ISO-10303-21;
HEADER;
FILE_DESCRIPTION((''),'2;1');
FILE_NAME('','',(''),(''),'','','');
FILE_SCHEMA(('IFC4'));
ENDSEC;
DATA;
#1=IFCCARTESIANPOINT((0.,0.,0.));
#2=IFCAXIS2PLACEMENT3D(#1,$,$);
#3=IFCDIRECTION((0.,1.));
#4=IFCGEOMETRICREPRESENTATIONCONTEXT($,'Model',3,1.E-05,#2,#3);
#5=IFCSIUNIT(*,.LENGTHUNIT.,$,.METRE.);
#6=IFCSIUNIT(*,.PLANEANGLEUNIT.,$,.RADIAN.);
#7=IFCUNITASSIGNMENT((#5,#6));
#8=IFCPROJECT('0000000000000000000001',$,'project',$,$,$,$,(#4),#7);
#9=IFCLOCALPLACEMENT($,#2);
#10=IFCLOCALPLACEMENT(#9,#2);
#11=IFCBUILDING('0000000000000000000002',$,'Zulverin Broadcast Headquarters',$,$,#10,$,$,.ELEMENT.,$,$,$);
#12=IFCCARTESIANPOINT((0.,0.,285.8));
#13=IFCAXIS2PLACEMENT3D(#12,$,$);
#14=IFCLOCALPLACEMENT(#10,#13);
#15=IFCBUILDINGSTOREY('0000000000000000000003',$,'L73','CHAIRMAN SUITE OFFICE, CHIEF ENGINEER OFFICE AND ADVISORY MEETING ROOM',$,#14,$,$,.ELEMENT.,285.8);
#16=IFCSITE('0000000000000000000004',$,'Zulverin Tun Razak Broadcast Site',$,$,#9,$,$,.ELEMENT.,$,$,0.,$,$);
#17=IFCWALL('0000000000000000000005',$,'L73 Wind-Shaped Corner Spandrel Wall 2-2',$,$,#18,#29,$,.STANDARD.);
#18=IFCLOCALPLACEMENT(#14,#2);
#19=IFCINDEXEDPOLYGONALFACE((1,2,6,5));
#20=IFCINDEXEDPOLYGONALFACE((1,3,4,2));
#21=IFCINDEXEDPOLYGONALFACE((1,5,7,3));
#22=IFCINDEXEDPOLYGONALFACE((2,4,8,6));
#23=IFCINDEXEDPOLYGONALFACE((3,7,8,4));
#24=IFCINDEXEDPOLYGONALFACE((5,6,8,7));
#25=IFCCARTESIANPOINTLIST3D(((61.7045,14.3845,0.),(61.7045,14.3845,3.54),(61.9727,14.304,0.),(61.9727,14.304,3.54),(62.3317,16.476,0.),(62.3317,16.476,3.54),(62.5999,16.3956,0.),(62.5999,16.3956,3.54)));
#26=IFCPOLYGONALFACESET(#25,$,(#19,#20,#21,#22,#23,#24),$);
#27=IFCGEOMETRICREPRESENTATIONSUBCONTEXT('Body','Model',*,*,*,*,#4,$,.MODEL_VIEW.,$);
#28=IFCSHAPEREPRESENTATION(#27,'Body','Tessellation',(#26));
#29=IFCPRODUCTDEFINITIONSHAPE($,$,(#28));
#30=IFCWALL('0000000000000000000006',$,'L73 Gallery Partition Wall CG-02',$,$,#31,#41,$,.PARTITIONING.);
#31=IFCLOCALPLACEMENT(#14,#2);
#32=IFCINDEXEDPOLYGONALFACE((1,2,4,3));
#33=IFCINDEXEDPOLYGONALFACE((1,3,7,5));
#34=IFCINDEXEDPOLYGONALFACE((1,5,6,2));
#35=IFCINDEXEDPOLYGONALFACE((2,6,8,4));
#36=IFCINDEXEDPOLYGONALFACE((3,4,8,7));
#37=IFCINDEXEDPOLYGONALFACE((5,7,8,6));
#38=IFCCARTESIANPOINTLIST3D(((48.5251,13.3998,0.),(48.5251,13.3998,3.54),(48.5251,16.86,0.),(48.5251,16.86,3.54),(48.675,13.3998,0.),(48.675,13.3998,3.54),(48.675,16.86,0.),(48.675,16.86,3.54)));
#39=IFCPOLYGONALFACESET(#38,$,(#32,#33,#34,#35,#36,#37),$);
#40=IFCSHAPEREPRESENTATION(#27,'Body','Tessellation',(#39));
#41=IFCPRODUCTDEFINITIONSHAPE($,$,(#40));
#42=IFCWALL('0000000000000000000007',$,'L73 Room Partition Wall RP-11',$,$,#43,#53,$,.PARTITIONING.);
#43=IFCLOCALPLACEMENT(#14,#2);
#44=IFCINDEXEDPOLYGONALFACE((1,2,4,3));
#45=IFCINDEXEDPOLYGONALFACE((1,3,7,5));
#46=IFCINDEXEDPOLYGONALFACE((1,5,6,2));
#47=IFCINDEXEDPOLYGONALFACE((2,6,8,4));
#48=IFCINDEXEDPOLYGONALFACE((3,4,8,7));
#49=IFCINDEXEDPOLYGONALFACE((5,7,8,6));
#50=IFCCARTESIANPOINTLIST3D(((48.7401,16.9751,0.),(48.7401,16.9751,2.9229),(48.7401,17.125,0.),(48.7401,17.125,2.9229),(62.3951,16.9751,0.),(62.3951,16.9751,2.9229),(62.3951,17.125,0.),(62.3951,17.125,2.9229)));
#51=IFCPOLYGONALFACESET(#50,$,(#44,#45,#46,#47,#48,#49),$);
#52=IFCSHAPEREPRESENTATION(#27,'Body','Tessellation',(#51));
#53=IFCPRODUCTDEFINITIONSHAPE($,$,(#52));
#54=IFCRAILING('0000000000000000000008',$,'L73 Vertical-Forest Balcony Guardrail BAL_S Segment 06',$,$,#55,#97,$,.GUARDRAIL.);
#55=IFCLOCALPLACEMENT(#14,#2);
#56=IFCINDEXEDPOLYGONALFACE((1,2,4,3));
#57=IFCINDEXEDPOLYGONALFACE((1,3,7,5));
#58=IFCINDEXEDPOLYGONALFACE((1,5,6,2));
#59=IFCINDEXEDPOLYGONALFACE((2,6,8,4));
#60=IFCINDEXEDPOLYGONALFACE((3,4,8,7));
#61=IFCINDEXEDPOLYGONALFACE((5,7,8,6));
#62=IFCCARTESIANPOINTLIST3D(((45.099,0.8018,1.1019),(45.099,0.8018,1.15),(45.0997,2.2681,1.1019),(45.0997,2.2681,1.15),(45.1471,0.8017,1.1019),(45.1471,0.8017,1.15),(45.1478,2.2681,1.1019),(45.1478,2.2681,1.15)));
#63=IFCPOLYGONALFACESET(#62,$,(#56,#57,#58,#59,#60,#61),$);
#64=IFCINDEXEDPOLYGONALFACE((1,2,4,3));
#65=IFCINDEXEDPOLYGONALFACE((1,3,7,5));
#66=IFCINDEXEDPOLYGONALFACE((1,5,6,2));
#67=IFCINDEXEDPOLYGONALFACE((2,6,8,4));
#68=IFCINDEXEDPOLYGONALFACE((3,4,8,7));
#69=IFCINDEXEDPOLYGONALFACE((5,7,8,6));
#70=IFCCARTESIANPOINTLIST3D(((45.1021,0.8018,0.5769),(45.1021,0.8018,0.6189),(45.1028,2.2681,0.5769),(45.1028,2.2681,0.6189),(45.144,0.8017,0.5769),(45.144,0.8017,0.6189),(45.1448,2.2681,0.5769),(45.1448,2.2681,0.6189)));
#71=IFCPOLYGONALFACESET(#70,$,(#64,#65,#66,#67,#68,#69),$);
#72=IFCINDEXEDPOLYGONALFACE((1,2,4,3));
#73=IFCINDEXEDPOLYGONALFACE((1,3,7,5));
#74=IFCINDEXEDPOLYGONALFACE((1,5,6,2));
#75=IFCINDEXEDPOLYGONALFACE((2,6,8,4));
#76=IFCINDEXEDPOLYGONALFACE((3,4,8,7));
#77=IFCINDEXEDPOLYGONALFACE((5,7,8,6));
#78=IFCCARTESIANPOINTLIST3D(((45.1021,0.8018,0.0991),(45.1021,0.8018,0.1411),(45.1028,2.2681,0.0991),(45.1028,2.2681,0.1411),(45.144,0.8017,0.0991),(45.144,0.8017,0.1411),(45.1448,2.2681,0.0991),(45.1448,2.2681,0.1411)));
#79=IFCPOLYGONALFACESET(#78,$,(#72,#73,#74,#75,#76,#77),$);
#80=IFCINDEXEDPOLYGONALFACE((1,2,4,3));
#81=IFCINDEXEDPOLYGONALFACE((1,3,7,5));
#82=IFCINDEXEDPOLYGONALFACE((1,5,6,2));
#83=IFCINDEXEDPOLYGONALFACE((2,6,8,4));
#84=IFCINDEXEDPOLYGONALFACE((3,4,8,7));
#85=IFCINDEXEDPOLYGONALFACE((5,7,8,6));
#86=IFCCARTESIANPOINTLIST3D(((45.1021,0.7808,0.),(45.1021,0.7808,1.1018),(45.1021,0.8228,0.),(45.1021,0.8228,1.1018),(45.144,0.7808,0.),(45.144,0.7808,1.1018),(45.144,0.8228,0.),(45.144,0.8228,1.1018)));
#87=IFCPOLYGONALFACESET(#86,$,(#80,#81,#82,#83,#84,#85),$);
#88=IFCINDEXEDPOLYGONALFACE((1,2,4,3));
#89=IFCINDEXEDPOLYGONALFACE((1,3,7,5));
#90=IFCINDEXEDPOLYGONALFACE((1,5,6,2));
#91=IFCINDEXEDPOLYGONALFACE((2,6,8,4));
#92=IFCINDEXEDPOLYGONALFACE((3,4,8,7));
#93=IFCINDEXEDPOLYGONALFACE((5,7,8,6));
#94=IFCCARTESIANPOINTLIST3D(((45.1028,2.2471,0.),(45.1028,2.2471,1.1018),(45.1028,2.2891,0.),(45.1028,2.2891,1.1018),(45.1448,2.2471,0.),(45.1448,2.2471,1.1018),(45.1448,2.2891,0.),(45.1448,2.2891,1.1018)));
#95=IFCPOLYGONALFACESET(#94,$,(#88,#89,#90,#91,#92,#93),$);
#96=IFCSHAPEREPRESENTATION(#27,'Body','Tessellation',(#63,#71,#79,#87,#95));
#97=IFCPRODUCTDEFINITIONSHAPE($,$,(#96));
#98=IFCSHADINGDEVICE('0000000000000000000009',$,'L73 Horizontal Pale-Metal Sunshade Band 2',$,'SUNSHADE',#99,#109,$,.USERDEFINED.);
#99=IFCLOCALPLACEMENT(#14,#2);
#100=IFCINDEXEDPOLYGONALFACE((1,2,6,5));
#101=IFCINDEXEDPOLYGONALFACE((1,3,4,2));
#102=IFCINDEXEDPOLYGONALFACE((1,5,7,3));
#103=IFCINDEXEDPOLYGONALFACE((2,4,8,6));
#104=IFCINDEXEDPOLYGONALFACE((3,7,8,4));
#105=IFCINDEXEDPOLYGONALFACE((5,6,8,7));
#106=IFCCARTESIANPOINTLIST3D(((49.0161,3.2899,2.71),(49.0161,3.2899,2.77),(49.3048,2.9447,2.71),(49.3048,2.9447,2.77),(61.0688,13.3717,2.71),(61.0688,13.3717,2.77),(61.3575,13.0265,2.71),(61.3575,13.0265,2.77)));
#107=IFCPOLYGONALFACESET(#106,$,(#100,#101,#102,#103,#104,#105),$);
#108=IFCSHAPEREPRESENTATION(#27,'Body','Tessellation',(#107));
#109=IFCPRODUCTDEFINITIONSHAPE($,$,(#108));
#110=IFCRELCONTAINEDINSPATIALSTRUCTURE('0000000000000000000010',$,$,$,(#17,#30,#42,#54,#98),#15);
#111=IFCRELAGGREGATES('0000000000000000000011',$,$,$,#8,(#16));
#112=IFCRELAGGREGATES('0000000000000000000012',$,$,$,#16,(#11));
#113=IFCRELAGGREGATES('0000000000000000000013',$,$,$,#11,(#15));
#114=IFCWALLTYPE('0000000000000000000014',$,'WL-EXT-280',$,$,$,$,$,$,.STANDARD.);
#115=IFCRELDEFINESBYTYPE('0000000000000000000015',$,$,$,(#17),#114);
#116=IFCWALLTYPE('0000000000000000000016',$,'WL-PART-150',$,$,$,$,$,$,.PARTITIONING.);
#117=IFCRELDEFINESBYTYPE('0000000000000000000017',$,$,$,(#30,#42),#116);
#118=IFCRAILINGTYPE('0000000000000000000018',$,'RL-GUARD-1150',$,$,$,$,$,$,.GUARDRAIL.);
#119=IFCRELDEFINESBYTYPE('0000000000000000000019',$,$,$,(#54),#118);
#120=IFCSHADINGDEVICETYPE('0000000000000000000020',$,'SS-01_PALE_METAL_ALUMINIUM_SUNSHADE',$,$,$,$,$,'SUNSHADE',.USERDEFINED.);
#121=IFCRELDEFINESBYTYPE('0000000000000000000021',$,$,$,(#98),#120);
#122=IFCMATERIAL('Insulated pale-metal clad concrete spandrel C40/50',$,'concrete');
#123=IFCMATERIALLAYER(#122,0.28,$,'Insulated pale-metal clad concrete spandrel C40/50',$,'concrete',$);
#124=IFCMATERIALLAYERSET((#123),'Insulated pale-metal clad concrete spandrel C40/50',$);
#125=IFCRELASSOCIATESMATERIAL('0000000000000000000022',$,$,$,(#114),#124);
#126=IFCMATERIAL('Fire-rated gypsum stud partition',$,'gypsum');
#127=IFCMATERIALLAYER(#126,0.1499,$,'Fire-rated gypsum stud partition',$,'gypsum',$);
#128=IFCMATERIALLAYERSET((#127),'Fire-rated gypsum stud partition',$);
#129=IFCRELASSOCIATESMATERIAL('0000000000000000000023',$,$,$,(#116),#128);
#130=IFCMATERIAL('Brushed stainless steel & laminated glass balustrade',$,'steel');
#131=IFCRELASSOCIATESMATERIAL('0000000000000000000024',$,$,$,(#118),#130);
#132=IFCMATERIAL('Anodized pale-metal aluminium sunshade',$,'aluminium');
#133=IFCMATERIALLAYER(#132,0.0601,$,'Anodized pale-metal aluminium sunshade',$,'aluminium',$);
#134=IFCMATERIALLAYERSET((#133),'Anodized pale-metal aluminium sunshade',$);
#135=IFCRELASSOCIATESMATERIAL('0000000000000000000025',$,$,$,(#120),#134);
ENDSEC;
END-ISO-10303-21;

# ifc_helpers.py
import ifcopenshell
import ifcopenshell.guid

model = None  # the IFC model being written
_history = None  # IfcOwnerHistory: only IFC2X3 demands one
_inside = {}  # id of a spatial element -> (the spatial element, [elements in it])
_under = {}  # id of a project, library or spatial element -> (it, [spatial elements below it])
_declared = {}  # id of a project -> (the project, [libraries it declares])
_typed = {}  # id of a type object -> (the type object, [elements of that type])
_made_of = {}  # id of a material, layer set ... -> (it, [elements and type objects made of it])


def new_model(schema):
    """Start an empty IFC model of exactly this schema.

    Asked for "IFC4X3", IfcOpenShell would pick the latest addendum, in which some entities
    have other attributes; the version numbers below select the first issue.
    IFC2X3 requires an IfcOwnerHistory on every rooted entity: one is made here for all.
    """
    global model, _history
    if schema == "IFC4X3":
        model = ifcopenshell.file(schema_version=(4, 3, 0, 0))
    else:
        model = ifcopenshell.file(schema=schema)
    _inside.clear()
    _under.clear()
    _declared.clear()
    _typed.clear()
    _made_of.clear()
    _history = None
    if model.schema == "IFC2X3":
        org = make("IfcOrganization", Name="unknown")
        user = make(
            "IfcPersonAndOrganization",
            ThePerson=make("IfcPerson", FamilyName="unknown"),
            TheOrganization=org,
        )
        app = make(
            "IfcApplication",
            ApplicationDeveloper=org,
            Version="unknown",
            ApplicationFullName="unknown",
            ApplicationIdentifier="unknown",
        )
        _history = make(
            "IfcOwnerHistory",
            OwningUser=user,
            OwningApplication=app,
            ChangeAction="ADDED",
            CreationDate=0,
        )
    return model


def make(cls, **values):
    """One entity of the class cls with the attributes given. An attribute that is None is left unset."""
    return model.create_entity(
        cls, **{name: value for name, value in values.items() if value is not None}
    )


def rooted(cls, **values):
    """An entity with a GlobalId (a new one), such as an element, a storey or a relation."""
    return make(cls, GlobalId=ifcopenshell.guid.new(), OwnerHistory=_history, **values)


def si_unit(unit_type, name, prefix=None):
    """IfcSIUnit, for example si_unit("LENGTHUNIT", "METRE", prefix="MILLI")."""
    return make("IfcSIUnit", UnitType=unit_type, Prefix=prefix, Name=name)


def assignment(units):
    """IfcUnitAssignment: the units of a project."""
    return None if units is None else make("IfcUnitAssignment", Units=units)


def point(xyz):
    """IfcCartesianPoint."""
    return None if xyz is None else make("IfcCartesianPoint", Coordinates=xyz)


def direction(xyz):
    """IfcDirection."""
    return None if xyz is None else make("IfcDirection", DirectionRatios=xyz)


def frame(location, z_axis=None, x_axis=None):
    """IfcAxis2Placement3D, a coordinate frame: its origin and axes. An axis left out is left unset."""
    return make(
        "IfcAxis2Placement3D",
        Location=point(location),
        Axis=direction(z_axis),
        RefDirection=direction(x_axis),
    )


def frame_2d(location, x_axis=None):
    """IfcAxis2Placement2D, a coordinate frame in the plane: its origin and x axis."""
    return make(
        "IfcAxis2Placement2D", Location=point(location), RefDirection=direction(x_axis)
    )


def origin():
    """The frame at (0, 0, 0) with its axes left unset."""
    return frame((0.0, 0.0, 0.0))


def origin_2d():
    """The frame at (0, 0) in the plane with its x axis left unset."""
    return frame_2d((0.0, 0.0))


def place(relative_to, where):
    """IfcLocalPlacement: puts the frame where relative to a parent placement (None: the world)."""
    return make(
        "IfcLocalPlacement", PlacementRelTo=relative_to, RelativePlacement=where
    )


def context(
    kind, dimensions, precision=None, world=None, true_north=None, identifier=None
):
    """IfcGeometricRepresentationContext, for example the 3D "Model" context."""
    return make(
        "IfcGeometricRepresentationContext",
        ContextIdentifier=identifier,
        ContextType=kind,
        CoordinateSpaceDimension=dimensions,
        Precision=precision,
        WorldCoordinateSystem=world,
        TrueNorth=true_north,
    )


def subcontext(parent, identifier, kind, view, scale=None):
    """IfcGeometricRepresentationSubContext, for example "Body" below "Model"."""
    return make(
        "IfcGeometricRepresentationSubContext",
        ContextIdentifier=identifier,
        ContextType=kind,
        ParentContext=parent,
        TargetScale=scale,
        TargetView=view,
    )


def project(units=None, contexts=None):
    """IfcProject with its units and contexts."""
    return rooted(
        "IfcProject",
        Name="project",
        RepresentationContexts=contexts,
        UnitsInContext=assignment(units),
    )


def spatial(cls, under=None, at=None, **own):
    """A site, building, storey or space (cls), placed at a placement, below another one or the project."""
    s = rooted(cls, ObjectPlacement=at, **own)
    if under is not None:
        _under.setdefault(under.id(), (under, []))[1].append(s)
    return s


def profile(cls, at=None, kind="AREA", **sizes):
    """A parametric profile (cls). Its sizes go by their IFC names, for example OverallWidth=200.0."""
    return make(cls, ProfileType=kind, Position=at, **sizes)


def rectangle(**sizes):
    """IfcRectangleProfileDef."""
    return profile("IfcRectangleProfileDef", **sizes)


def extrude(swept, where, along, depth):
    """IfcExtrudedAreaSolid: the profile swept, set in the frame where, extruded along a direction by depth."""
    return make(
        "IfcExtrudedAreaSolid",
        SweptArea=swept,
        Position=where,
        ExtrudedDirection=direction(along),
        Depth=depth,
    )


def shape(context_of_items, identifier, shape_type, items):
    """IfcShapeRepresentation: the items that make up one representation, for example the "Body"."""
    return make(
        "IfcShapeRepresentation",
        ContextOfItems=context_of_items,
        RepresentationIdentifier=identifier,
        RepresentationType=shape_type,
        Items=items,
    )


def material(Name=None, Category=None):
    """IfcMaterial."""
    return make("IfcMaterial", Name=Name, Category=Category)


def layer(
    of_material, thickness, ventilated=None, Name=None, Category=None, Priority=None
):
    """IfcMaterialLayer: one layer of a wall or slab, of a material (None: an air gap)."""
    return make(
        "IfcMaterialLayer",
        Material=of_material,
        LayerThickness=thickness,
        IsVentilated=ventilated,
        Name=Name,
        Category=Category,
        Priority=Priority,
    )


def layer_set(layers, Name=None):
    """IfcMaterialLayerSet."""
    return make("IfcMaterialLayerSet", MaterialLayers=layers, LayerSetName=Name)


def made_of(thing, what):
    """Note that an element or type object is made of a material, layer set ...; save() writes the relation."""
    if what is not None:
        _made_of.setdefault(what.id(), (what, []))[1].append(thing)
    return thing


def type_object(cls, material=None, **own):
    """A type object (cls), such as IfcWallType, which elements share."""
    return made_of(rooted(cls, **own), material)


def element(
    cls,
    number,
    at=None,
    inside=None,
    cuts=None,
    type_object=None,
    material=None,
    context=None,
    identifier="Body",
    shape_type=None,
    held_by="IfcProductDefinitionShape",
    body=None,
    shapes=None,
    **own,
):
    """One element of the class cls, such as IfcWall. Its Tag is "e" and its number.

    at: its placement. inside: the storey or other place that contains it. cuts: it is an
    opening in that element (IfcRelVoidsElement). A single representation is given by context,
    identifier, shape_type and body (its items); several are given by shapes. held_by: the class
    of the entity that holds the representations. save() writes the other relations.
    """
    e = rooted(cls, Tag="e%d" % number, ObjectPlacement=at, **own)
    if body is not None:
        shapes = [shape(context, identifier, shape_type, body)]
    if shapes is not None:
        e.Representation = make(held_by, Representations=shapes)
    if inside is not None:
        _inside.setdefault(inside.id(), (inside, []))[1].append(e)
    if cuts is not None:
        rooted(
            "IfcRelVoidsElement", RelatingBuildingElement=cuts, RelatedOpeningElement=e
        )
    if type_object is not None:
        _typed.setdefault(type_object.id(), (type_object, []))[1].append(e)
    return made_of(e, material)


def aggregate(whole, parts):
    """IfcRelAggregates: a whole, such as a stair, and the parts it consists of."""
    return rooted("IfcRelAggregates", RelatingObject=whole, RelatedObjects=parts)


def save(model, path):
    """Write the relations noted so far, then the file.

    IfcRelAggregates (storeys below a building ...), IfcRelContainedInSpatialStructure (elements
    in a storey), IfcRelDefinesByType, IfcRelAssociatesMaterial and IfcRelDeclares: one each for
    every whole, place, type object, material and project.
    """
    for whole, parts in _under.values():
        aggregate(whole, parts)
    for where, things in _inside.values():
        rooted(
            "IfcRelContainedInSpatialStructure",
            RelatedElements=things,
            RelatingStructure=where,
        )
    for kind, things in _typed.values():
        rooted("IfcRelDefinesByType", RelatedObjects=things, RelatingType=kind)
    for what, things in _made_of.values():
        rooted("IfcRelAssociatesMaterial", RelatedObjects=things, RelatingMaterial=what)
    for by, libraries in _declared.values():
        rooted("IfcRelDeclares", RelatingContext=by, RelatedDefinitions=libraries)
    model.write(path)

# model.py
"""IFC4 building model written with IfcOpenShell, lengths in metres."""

from ifc_helpers import new_model, si_unit, direction, frame, frame_2d, origin, origin_2d, place, context, subcontext, project, spatial, rectangle, extrude, material, layer, layer_set, type_object, element, save


model = new_model("IFC4")

# Units and contexts
model_context = context("Model", 3, precision=1e-05, world=origin(), true_north=direction((0.0, 1.0)))
body_context = subcontext(model_context, "Body", "Model", "MODEL_VIEW")
ifc_project = project(units=[si_unit("LENGTHUNIT", "METRE"), si_unit("PLANEANGLEUNIT", "RADIAN")], contexts=[model_context])

# Site, building, storey
site_placement = place(None, origin())
site = spatial("IfcSite", under=ifc_project, at=site_placement, Name="Zulverin Tun Razak Broadcast Site", CompositionType="ELEMENT", RefElevation=0.0)
building_placement = place(site_placement, origin())
building = spatial("IfcBuilding", under=site, at=building_placement, Name="Zulverin Broadcast Headquarters", CompositionType="ELEMENT")
storey_placement = place(building_placement, frame((0.0, 0.0, 285.8)))
storey = spatial("IfcBuildingStorey", under=building, at=storey_placement, Name="L73", Description="CHAIRMAN SUITE OFFICE, CHIEF ENGINEER OFFICE AND ADVISORY MEETING ROOM", CompositionType="ELEMENT", Elevation=285.8)

# Shared definitions
ifc_material_1 = material(Name="Insulated pale-metal clad concrete spandrel C40/50", Category="concrete")
ifc_layer_1 = layer(ifc_material_1, 0.28, Name="Insulated pale-metal clad concrete spandrel C40/50", Category="concrete")
ifc_layer_set_1 = layer_set([ifc_layer_1], Name="Insulated pale-metal clad concrete spandrel C40/50")
wall_type_1 = type_object("IfcWallType", Name="WL-EXT-280", PredefinedType="STANDARD", material=ifc_layer_set_1)

# Walls
wall_1_placement = place(storey_placement, frame((61.8386, 14.3442, 0.0), z_axis=(0.0, 0.0, 1.0), x_axis=(0.287235, 0.95786, 0.0)))
element("IfcWall", 1, at=wall_1_placement, inside=storey, type_object=wall_type_1, Name="L73 Wind-Shaped Corner Spandrel Wall 2-2", PredefinedType="STANDARD", context=body_context, shape_type="SweptSolid", body=[
    extrude(rectangle(XDim=2.1836, YDim=0.28, at=frame_2d((1.0918, 0.0))), origin(), (0.0, 0.0, 1.0), 3.54),
])
ifc_material_2 = material(Name="Fire-rated gypsum stud partition", Category="gypsum")
ifc_layer_2 = layer(ifc_material_2, 0.1499, Name="Fire-rated gypsum stud partition", Category="gypsum")
ifc_layer_set_2 = layer_set([ifc_layer_2], Name="Fire-rated gypsum stud partition")
wall_type_2 = type_object("IfcWallType", Name="WL-PART-150", PredefinedType="PARTITIONING", material=ifc_layer_set_2)
wall_2_placement = place(storey_placement, frame((48.6001, 13.3999, 0.0), z_axis=(0.0, 0.0, 1.0), x_axis=(0.0, 1.0, 0.0)))
element("IfcWall", 2, at=wall_2_placement, inside=storey, type_object=wall_type_2, Name="L73 Gallery Partition Wall CG-02", PredefinedType="PARTITIONING", context=body_context, shape_type="SweptSolid", body=[
    extrude(rectangle(XDim=3.4602, YDim=0.1499, at=frame_2d((1.73, 0.0))), origin(), (0.0, 0.0, 1.0), 3.54),
])
wall_3_placement = place(storey_placement, frame((48.74, 17.05, 0.0), z_axis=(0.0, 0.0, 1.0), x_axis=(1.0, 0.0, 0.0)))
element("IfcWall", 3, at=wall_3_placement, inside=storey, type_object=wall_type_2, Name="L73 Room Partition Wall RP-11", PredefinedType="PARTITIONING", context=body_context, shape_type="SweptSolid", body=[
    extrude(rectangle(XDim=13.655, YDim=0.1499, at=frame_2d((6.8276, 0.0))), origin(), (0.0, 0.0, 1.0), 2.9229),
])

# Railing
ifc_material_3 = material(Name="Brushed stainless steel & laminated glass balustrade", Category="steel")
railing_type = type_object("IfcRailingType", Name="RL-GUARD-1150", PredefinedType="GUARDRAIL", material=ifc_material_3)
railing_placement = place(storey_placement, frame((45.123, 0.8018, 0.0)))
element("IfcRailing", 4, at=railing_placement, inside=storey, type_object=railing_type, Name="L73 Vertical-Forest Balcony Guardrail BAL_S Segment 06", PredefinedType="GUARDRAIL", context=body_context, shape_type="SweptSolid", body=[
    extrude(rectangle(XDim=0.0481, YDim=0.0481, at=origin_2d()), frame((0.0, 0.0, 1.126), z_axis=(0.0005, 1.0, 0.0), x_axis=(-1.0, 0.0005, 0.0)), (0.0, 0.0, 1.0), 1.4663),
    extrude(rectangle(XDim=0.042, YDim=0.042, at=origin_2d()), frame((0.0, 0.0, 0.5979), z_axis=(0.0005, 1.0, 0.0), x_axis=(-1.0, 0.0005, 0.0)), (0.0, 0.0, 1.0), 1.4663),
    extrude(rectangle(XDim=0.042, YDim=0.042, at=origin_2d()), frame((0.0, 0.0, 0.1201), z_axis=(0.0005, 1.0, 0.0), x_axis=(-1.0, 0.0005, 0.0)), (0.0, 0.0, 1.0), 1.4663),
    extrude(rectangle(XDim=0.042, YDim=0.042, at=origin_2d()), origin(), (0.0, 0.0, 1.0), 1.1018),
    extrude(rectangle(XDim=0.042, YDim=0.042, at=origin_2d()), frame((0.0007, 1.4663, 0.0)), (0.0, 0.0, 1.0), 1.1018),
])

# Shading device
ifc_material_4 = material(Name="Anodized pale-metal aluminium sunshade", Category="aluminium")
ifc_layer_3 = layer(ifc_material_4, 0.0601, Name="Anodized pale-metal aluminium sunshade", Category="aluminium")
ifc_layer_set_3 = layer_set([ifc_layer_3], Name="Anodized pale-metal aluminium sunshade")
shading_device_type = type_object("IfcShadingDeviceType", Name="SS-01_PALE_METAL_ALUMINIUM_SUNSHADE", ElementType="SUNSHADE", PredefinedType="USERDEFINED", material=ifc_layer_set_3)
shading_device_placement = place(storey_placement, frame((55.1868, 8.1582, 2.71), z_axis=(0.0, 0.0, 1.0), x_axis=(0.767035, 0.641605, 0.0)))
element("IfcShadingDevice", 5, at=shading_device_placement, inside=storey, type_object=shading_device_type, Name="L73 Horizontal Pale-Metal Sunshade Band 2", ObjectType="SUNSHADE", PredefinedType="USERDEFINED", context=body_context, shape_type="SweptSolid", body=[
    extrude(rectangle(XDim=15.7134, YDim=0.45, at=origin_2d()), origin(), (0.0, 0.0, 1.0), 0.0601),
])

save(model, "model.ifc")
